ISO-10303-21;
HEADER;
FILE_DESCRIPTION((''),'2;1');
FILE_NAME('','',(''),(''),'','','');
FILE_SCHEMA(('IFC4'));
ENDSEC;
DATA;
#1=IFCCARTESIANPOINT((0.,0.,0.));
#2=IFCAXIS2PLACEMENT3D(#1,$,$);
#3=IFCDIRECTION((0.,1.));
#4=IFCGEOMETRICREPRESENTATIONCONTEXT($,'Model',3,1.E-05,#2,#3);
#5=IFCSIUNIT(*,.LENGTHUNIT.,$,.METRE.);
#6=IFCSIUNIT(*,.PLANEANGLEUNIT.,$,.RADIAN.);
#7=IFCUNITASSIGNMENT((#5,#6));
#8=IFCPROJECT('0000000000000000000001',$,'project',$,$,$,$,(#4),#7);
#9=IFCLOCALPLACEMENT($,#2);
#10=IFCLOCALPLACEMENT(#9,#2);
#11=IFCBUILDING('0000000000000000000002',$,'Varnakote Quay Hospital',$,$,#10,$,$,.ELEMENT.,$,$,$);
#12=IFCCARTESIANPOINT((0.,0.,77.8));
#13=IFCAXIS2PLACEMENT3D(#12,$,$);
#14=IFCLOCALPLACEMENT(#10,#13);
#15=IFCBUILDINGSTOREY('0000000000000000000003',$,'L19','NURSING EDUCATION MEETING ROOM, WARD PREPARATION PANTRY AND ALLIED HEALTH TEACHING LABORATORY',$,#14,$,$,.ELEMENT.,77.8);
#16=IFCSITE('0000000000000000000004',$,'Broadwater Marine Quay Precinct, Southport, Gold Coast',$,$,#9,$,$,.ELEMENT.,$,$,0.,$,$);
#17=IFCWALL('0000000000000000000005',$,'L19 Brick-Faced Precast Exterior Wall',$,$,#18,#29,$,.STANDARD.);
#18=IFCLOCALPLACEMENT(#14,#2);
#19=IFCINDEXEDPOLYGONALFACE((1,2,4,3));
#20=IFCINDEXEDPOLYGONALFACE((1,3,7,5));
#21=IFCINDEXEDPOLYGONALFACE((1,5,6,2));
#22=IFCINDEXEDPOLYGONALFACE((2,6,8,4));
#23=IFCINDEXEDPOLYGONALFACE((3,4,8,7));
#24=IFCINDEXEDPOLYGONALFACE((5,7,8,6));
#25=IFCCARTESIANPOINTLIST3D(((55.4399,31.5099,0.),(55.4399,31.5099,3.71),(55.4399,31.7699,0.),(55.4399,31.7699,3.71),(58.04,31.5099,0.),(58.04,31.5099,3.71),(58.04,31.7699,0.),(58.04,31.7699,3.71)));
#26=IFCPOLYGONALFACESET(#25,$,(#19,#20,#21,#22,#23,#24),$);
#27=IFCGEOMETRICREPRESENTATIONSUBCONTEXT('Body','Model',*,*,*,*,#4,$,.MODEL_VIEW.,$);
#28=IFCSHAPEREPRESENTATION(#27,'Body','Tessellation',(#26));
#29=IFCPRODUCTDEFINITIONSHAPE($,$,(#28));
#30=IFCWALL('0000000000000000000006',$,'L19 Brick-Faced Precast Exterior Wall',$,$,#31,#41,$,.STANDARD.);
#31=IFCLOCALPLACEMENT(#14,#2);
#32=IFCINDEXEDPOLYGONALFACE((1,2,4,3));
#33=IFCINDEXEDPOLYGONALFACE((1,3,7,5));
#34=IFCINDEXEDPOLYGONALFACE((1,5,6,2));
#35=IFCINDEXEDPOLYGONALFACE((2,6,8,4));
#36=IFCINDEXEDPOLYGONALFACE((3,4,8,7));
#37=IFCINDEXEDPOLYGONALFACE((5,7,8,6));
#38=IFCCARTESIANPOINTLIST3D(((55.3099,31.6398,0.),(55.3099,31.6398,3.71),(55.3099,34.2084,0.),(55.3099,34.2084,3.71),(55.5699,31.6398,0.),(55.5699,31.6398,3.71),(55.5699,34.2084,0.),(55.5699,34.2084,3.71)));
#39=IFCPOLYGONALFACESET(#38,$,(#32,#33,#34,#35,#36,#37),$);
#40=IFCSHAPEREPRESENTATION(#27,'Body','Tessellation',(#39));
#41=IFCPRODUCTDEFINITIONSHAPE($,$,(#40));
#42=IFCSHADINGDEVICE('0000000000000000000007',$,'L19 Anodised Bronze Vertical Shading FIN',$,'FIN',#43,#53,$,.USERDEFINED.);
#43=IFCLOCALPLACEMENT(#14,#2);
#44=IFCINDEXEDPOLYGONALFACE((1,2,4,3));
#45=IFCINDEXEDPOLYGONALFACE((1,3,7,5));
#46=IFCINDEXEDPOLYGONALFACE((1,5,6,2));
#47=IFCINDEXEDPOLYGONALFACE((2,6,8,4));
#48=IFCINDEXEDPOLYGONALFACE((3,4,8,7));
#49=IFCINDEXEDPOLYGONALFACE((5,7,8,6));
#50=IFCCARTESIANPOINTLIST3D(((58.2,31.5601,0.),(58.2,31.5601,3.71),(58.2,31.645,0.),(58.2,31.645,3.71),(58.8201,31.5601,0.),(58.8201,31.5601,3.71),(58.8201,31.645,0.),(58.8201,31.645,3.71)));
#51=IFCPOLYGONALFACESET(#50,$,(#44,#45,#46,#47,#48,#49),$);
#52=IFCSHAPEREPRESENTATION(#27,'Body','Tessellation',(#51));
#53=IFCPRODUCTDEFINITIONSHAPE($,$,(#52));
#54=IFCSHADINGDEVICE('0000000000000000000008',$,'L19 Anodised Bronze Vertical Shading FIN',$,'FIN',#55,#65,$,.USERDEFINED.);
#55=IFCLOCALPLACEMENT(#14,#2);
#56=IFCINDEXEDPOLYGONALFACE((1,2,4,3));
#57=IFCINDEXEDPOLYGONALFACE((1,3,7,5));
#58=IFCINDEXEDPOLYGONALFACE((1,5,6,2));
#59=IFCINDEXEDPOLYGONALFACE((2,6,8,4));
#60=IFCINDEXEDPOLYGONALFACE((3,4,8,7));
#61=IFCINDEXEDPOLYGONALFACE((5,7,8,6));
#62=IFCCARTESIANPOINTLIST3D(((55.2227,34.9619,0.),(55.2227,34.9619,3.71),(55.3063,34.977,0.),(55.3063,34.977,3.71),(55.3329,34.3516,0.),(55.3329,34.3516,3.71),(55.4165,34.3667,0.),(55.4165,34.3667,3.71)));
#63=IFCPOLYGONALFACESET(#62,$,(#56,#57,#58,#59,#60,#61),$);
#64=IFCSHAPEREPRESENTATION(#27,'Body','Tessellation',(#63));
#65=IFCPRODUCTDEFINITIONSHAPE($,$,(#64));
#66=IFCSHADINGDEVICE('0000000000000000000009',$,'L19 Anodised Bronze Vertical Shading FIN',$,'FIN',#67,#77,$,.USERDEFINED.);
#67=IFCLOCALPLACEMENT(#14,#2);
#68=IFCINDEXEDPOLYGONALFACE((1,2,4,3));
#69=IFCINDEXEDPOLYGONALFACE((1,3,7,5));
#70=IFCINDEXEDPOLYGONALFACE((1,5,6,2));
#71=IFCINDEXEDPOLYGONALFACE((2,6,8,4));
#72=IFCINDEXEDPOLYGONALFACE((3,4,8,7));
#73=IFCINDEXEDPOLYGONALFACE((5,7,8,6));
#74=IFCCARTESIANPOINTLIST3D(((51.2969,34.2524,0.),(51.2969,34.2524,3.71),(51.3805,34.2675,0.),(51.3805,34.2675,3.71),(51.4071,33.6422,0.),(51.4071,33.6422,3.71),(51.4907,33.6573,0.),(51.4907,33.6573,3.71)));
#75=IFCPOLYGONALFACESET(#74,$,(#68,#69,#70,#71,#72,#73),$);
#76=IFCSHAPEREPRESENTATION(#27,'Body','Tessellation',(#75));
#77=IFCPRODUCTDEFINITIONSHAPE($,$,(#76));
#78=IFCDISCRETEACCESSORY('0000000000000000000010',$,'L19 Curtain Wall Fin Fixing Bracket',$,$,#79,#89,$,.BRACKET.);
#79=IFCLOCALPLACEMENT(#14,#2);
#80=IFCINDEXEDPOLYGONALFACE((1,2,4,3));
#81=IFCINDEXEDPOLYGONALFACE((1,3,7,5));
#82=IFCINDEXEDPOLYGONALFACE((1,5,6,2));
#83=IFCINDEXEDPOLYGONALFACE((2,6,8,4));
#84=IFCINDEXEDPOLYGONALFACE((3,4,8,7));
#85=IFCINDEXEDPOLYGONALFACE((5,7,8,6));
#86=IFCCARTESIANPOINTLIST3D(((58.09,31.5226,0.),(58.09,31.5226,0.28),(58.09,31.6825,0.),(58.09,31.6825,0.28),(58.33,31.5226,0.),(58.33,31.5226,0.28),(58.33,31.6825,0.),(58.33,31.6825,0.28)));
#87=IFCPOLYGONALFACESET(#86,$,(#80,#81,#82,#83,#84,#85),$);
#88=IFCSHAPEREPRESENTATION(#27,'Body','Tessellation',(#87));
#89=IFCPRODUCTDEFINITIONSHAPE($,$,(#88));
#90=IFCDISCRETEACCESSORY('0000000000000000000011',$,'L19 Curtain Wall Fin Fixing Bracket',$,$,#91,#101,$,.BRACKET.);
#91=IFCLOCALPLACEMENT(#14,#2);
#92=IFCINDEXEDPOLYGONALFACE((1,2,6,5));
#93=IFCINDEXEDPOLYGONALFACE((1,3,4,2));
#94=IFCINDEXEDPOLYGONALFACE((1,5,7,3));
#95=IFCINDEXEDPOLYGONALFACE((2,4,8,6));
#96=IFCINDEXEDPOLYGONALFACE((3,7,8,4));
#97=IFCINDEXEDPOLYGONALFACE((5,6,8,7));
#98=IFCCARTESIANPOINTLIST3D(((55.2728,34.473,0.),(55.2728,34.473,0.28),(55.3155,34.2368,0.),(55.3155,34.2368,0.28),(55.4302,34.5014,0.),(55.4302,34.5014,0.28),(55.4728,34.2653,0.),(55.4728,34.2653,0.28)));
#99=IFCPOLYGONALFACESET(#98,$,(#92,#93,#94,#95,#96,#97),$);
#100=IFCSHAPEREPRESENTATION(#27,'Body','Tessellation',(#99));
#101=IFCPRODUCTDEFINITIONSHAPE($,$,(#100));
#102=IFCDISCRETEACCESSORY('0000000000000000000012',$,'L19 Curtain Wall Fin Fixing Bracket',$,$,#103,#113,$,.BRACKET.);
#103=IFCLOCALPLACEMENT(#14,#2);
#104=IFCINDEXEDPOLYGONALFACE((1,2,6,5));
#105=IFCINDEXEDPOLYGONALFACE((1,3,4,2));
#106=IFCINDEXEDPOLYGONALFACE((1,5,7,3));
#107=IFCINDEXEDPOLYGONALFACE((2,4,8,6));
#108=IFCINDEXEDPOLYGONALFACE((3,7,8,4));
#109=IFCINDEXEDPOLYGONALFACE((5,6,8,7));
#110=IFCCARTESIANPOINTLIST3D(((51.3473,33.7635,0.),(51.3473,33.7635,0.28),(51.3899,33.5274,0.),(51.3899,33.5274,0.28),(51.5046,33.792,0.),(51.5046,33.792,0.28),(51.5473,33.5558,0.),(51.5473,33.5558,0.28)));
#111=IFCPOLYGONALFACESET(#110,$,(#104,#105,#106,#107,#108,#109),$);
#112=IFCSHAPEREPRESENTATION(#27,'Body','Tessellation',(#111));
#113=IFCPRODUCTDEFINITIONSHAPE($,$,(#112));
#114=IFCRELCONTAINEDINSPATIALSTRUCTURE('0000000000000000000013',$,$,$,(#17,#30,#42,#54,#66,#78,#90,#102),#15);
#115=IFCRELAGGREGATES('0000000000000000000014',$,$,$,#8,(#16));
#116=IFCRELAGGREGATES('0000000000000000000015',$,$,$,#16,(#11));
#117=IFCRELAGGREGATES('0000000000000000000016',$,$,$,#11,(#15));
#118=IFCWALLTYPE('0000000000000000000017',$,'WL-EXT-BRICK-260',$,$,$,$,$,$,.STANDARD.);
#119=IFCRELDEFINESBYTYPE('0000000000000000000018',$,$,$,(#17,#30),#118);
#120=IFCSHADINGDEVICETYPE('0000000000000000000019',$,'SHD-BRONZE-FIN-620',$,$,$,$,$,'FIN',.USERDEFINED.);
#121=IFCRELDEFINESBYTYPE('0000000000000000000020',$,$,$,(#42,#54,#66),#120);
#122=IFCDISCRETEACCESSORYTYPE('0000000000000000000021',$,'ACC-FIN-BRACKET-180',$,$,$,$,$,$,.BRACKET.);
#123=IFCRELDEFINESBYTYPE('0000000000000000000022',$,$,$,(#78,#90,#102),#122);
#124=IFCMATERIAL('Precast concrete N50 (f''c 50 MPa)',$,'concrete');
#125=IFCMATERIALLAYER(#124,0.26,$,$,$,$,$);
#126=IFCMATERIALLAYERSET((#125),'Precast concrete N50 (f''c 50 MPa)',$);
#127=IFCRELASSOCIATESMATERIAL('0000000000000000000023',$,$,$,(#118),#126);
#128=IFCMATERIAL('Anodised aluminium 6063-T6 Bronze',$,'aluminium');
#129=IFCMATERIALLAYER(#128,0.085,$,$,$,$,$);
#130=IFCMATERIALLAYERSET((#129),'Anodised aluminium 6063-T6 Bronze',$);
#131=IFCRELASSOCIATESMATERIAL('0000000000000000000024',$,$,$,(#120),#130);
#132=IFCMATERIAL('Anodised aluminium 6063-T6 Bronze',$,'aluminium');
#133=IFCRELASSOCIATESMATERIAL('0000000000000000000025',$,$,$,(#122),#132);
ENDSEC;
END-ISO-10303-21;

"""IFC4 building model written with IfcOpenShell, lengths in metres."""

from ifc_helpers import new_model, si_unit, direction, frame, frame_2d, origin, origin_2d, place, context, subcontext, project, spatial, rectangle, extrude, material, layer, layer_set, type_object, element, save


model = new_model("IFC4")

# Units and contexts
model_context = context("Model", 3, precision=1e-05, world=origin(), true_north=direction((0.0, 1.0)))
body_context = subcontext(model_context, "Body", "Model", "MODEL_VIEW")
ifc_project = project(units=[si_unit("LENGTHUNIT", "METRE"), si_unit("PLANEANGLEUNIT", "RADIAN")], contexts=[model_context])

# Site, building, storey
site_placement = place(None, origin())
site = spatial("IfcSite", under=ifc_project, at=site_placement, Name="Broadwater Marine Quay Precinct, Southport, Gold Coast", CompositionType="ELEMENT", RefElevation=0.0)
building_placement = place(site_placement, origin())
building = spatial("IfcBuilding", under=site, at=building_placement, Name="Varnakote Quay Hospital", CompositionType="ELEMENT")
storey_placement = place(building_placement, frame((0.0, 0.0, 77.8)))
storey = spatial("IfcBuildingStorey", under=building, at=storey_placement, Name="L19", Description="NURSING EDUCATION MEETING ROOM, WARD PREPARATION PANTRY AND ALLIED HEALTH TEACHING LABORATORY", CompositionType="ELEMENT", Elevation=77.8)

# Walls
ifc_material_1 = material(Name="Precast concrete N50 (f'c 50 MPa)", Category="concrete")
ifc_layer_1 = layer(ifc_material_1, 0.26)
ifc_layer_set_1 = layer_set([ifc_layer_1], Name="Precast concrete N50 (f'c 50 MPa)")
wall_type = type_object("IfcWallType", Name="WL-EXT-BRICK-260", PredefinedType="STANDARD", material=ifc_layer_set_1)
wall_1_placement = place(storey_placement, frame((58.04, 31.6399, 0.0), z_axis=(0.0, 0.0, 1.0), x_axis=(-1.0, 0.0, 0.0)))
element("IfcWall", 1, at=wall_1_placement, inside=storey, type_object=wall_type, Name="L19 Brick-Faced Precast Exterior Wall", PredefinedType="STANDARD", context=body_context, shape_type="SweptSolid", body=[
    extrude(rectangle(XDim=2.6001, YDim=0.26, at=frame_2d((1.3, 0.0))), origin(), (0.0, 0.0, 1.0), 3.71),
])
wall_2_placement = place(storey_placement, frame((55.4399, 31.6399, 0.0), z_axis=(0.0, 0.0, 1.0), x_axis=(0.0, 1.0, 0.0)))
element("IfcWall", 2, at=wall_2_placement, inside=storey, type_object=wall_type, Name="L19 Brick-Faced Precast Exterior Wall", PredefinedType="STANDARD", context=body_context, shape_type="SweptSolid", body=[
    extrude(rectangle(XDim=2.5686, YDim=0.26, at=frame_2d((1.2842, 0.0))), origin(), (0.0, 0.0, 1.0), 3.71),
])

# Shading devices
ifc_material_2 = material(Name="Anodised aluminium 6063-T6 Bronze", Category="aluminium")
ifc_layer_2 = layer(ifc_material_2, 0.085)
ifc_layer_set_2 = layer_set([ifc_layer_2], Name="Anodised aluminium 6063-T6 Bronze")
shading_device_type = type_object("IfcShadingDeviceType", Name="SHD-BRONZE-FIN-620", ElementType="FIN", PredefinedType="USERDEFINED", material=ifc_layer_set_2)
for number, where, z_axis, x_axis, name in (
    (3, (58.51, 31.6025, 0.0), (0.0, 0.0, 1.0), (-1.0, 0.0, 0.0), "L19 Anodised Bronze Vertical Shading FIN"),
    (4, (55.3196, 34.6643, 0.0), (0.0, 0.0, 1.0), (0.177772, -0.984072, 0.0), "L19 Anodised Bronze Vertical Shading FIN"),
    (5, (51.3938, 33.9548, 0.0), (0.0, 0.0, 1.0), (0.177772, -0.984072, 0.0), "L19 Anodised Bronze Vertical Shading FIN"),
):
    element("IfcShadingDevice", number, at=place(storey_placement, frame(where, z_axis=z_axis, x_axis=x_axis)), inside=storey, type_object=shading_device_type, Name=name, ObjectType="FIN", PredefinedType="USERDEFINED", context=body_context, shape_type="SweptSolid", body=[
        extrude(rectangle(XDim=0.6201, YDim=0.085, at=origin_2d()), origin(), (0.0, 0.0, 1.0), 3.71),
    ])

# Discrete accessories
ifc_material_3 = material(Name="Anodised aluminium 6063-T6 Bronze", Category="aluminium")
discrete_accessory_type = type_object("IfcDiscreteAccessoryType", Name="ACC-FIN-BRACKET-180", PredefinedType="BRACKET", material=ifc_material_3)
for number, where, z_axis, x_axis, name in (
    (6, (58.21, 31.6025, 0.0), (0.0, 0.0, 1.0), (0.0, 1.0, 0.0), "L19 Curtain Wall Fin Fixing Bracket"),
    (7, (55.3728, 34.3691, 0.0), (0.0, 0.0, 1.0), (-0.984072, -0.177772, 0.0), "L19 Curtain Wall Fin Fixing Bracket"),
    (8, (51.4473, 33.6597, 0.0), (0.0, 0.0, 1.0), (-0.984072, -0.177772, 0.0), "L19 Curtain Wall Fin Fixing Bracket"),
):
    element("IfcDiscreteAccessory", number, at=place(storey_placement, frame(where, z_axis=z_axis, x_axis=x_axis)), inside=storey, type_object=discrete_accessory_type, Name=name, PredefinedType="BRACKET", context=body_context, shape_type="SweptSolid", body=[
        extrude(rectangle(XDim=0.1599, YDim=0.24, at=origin_2d()), origin(), (0.0, 0.0, 1.0), 0.28),
    ])

save(model, "model.ifc")
